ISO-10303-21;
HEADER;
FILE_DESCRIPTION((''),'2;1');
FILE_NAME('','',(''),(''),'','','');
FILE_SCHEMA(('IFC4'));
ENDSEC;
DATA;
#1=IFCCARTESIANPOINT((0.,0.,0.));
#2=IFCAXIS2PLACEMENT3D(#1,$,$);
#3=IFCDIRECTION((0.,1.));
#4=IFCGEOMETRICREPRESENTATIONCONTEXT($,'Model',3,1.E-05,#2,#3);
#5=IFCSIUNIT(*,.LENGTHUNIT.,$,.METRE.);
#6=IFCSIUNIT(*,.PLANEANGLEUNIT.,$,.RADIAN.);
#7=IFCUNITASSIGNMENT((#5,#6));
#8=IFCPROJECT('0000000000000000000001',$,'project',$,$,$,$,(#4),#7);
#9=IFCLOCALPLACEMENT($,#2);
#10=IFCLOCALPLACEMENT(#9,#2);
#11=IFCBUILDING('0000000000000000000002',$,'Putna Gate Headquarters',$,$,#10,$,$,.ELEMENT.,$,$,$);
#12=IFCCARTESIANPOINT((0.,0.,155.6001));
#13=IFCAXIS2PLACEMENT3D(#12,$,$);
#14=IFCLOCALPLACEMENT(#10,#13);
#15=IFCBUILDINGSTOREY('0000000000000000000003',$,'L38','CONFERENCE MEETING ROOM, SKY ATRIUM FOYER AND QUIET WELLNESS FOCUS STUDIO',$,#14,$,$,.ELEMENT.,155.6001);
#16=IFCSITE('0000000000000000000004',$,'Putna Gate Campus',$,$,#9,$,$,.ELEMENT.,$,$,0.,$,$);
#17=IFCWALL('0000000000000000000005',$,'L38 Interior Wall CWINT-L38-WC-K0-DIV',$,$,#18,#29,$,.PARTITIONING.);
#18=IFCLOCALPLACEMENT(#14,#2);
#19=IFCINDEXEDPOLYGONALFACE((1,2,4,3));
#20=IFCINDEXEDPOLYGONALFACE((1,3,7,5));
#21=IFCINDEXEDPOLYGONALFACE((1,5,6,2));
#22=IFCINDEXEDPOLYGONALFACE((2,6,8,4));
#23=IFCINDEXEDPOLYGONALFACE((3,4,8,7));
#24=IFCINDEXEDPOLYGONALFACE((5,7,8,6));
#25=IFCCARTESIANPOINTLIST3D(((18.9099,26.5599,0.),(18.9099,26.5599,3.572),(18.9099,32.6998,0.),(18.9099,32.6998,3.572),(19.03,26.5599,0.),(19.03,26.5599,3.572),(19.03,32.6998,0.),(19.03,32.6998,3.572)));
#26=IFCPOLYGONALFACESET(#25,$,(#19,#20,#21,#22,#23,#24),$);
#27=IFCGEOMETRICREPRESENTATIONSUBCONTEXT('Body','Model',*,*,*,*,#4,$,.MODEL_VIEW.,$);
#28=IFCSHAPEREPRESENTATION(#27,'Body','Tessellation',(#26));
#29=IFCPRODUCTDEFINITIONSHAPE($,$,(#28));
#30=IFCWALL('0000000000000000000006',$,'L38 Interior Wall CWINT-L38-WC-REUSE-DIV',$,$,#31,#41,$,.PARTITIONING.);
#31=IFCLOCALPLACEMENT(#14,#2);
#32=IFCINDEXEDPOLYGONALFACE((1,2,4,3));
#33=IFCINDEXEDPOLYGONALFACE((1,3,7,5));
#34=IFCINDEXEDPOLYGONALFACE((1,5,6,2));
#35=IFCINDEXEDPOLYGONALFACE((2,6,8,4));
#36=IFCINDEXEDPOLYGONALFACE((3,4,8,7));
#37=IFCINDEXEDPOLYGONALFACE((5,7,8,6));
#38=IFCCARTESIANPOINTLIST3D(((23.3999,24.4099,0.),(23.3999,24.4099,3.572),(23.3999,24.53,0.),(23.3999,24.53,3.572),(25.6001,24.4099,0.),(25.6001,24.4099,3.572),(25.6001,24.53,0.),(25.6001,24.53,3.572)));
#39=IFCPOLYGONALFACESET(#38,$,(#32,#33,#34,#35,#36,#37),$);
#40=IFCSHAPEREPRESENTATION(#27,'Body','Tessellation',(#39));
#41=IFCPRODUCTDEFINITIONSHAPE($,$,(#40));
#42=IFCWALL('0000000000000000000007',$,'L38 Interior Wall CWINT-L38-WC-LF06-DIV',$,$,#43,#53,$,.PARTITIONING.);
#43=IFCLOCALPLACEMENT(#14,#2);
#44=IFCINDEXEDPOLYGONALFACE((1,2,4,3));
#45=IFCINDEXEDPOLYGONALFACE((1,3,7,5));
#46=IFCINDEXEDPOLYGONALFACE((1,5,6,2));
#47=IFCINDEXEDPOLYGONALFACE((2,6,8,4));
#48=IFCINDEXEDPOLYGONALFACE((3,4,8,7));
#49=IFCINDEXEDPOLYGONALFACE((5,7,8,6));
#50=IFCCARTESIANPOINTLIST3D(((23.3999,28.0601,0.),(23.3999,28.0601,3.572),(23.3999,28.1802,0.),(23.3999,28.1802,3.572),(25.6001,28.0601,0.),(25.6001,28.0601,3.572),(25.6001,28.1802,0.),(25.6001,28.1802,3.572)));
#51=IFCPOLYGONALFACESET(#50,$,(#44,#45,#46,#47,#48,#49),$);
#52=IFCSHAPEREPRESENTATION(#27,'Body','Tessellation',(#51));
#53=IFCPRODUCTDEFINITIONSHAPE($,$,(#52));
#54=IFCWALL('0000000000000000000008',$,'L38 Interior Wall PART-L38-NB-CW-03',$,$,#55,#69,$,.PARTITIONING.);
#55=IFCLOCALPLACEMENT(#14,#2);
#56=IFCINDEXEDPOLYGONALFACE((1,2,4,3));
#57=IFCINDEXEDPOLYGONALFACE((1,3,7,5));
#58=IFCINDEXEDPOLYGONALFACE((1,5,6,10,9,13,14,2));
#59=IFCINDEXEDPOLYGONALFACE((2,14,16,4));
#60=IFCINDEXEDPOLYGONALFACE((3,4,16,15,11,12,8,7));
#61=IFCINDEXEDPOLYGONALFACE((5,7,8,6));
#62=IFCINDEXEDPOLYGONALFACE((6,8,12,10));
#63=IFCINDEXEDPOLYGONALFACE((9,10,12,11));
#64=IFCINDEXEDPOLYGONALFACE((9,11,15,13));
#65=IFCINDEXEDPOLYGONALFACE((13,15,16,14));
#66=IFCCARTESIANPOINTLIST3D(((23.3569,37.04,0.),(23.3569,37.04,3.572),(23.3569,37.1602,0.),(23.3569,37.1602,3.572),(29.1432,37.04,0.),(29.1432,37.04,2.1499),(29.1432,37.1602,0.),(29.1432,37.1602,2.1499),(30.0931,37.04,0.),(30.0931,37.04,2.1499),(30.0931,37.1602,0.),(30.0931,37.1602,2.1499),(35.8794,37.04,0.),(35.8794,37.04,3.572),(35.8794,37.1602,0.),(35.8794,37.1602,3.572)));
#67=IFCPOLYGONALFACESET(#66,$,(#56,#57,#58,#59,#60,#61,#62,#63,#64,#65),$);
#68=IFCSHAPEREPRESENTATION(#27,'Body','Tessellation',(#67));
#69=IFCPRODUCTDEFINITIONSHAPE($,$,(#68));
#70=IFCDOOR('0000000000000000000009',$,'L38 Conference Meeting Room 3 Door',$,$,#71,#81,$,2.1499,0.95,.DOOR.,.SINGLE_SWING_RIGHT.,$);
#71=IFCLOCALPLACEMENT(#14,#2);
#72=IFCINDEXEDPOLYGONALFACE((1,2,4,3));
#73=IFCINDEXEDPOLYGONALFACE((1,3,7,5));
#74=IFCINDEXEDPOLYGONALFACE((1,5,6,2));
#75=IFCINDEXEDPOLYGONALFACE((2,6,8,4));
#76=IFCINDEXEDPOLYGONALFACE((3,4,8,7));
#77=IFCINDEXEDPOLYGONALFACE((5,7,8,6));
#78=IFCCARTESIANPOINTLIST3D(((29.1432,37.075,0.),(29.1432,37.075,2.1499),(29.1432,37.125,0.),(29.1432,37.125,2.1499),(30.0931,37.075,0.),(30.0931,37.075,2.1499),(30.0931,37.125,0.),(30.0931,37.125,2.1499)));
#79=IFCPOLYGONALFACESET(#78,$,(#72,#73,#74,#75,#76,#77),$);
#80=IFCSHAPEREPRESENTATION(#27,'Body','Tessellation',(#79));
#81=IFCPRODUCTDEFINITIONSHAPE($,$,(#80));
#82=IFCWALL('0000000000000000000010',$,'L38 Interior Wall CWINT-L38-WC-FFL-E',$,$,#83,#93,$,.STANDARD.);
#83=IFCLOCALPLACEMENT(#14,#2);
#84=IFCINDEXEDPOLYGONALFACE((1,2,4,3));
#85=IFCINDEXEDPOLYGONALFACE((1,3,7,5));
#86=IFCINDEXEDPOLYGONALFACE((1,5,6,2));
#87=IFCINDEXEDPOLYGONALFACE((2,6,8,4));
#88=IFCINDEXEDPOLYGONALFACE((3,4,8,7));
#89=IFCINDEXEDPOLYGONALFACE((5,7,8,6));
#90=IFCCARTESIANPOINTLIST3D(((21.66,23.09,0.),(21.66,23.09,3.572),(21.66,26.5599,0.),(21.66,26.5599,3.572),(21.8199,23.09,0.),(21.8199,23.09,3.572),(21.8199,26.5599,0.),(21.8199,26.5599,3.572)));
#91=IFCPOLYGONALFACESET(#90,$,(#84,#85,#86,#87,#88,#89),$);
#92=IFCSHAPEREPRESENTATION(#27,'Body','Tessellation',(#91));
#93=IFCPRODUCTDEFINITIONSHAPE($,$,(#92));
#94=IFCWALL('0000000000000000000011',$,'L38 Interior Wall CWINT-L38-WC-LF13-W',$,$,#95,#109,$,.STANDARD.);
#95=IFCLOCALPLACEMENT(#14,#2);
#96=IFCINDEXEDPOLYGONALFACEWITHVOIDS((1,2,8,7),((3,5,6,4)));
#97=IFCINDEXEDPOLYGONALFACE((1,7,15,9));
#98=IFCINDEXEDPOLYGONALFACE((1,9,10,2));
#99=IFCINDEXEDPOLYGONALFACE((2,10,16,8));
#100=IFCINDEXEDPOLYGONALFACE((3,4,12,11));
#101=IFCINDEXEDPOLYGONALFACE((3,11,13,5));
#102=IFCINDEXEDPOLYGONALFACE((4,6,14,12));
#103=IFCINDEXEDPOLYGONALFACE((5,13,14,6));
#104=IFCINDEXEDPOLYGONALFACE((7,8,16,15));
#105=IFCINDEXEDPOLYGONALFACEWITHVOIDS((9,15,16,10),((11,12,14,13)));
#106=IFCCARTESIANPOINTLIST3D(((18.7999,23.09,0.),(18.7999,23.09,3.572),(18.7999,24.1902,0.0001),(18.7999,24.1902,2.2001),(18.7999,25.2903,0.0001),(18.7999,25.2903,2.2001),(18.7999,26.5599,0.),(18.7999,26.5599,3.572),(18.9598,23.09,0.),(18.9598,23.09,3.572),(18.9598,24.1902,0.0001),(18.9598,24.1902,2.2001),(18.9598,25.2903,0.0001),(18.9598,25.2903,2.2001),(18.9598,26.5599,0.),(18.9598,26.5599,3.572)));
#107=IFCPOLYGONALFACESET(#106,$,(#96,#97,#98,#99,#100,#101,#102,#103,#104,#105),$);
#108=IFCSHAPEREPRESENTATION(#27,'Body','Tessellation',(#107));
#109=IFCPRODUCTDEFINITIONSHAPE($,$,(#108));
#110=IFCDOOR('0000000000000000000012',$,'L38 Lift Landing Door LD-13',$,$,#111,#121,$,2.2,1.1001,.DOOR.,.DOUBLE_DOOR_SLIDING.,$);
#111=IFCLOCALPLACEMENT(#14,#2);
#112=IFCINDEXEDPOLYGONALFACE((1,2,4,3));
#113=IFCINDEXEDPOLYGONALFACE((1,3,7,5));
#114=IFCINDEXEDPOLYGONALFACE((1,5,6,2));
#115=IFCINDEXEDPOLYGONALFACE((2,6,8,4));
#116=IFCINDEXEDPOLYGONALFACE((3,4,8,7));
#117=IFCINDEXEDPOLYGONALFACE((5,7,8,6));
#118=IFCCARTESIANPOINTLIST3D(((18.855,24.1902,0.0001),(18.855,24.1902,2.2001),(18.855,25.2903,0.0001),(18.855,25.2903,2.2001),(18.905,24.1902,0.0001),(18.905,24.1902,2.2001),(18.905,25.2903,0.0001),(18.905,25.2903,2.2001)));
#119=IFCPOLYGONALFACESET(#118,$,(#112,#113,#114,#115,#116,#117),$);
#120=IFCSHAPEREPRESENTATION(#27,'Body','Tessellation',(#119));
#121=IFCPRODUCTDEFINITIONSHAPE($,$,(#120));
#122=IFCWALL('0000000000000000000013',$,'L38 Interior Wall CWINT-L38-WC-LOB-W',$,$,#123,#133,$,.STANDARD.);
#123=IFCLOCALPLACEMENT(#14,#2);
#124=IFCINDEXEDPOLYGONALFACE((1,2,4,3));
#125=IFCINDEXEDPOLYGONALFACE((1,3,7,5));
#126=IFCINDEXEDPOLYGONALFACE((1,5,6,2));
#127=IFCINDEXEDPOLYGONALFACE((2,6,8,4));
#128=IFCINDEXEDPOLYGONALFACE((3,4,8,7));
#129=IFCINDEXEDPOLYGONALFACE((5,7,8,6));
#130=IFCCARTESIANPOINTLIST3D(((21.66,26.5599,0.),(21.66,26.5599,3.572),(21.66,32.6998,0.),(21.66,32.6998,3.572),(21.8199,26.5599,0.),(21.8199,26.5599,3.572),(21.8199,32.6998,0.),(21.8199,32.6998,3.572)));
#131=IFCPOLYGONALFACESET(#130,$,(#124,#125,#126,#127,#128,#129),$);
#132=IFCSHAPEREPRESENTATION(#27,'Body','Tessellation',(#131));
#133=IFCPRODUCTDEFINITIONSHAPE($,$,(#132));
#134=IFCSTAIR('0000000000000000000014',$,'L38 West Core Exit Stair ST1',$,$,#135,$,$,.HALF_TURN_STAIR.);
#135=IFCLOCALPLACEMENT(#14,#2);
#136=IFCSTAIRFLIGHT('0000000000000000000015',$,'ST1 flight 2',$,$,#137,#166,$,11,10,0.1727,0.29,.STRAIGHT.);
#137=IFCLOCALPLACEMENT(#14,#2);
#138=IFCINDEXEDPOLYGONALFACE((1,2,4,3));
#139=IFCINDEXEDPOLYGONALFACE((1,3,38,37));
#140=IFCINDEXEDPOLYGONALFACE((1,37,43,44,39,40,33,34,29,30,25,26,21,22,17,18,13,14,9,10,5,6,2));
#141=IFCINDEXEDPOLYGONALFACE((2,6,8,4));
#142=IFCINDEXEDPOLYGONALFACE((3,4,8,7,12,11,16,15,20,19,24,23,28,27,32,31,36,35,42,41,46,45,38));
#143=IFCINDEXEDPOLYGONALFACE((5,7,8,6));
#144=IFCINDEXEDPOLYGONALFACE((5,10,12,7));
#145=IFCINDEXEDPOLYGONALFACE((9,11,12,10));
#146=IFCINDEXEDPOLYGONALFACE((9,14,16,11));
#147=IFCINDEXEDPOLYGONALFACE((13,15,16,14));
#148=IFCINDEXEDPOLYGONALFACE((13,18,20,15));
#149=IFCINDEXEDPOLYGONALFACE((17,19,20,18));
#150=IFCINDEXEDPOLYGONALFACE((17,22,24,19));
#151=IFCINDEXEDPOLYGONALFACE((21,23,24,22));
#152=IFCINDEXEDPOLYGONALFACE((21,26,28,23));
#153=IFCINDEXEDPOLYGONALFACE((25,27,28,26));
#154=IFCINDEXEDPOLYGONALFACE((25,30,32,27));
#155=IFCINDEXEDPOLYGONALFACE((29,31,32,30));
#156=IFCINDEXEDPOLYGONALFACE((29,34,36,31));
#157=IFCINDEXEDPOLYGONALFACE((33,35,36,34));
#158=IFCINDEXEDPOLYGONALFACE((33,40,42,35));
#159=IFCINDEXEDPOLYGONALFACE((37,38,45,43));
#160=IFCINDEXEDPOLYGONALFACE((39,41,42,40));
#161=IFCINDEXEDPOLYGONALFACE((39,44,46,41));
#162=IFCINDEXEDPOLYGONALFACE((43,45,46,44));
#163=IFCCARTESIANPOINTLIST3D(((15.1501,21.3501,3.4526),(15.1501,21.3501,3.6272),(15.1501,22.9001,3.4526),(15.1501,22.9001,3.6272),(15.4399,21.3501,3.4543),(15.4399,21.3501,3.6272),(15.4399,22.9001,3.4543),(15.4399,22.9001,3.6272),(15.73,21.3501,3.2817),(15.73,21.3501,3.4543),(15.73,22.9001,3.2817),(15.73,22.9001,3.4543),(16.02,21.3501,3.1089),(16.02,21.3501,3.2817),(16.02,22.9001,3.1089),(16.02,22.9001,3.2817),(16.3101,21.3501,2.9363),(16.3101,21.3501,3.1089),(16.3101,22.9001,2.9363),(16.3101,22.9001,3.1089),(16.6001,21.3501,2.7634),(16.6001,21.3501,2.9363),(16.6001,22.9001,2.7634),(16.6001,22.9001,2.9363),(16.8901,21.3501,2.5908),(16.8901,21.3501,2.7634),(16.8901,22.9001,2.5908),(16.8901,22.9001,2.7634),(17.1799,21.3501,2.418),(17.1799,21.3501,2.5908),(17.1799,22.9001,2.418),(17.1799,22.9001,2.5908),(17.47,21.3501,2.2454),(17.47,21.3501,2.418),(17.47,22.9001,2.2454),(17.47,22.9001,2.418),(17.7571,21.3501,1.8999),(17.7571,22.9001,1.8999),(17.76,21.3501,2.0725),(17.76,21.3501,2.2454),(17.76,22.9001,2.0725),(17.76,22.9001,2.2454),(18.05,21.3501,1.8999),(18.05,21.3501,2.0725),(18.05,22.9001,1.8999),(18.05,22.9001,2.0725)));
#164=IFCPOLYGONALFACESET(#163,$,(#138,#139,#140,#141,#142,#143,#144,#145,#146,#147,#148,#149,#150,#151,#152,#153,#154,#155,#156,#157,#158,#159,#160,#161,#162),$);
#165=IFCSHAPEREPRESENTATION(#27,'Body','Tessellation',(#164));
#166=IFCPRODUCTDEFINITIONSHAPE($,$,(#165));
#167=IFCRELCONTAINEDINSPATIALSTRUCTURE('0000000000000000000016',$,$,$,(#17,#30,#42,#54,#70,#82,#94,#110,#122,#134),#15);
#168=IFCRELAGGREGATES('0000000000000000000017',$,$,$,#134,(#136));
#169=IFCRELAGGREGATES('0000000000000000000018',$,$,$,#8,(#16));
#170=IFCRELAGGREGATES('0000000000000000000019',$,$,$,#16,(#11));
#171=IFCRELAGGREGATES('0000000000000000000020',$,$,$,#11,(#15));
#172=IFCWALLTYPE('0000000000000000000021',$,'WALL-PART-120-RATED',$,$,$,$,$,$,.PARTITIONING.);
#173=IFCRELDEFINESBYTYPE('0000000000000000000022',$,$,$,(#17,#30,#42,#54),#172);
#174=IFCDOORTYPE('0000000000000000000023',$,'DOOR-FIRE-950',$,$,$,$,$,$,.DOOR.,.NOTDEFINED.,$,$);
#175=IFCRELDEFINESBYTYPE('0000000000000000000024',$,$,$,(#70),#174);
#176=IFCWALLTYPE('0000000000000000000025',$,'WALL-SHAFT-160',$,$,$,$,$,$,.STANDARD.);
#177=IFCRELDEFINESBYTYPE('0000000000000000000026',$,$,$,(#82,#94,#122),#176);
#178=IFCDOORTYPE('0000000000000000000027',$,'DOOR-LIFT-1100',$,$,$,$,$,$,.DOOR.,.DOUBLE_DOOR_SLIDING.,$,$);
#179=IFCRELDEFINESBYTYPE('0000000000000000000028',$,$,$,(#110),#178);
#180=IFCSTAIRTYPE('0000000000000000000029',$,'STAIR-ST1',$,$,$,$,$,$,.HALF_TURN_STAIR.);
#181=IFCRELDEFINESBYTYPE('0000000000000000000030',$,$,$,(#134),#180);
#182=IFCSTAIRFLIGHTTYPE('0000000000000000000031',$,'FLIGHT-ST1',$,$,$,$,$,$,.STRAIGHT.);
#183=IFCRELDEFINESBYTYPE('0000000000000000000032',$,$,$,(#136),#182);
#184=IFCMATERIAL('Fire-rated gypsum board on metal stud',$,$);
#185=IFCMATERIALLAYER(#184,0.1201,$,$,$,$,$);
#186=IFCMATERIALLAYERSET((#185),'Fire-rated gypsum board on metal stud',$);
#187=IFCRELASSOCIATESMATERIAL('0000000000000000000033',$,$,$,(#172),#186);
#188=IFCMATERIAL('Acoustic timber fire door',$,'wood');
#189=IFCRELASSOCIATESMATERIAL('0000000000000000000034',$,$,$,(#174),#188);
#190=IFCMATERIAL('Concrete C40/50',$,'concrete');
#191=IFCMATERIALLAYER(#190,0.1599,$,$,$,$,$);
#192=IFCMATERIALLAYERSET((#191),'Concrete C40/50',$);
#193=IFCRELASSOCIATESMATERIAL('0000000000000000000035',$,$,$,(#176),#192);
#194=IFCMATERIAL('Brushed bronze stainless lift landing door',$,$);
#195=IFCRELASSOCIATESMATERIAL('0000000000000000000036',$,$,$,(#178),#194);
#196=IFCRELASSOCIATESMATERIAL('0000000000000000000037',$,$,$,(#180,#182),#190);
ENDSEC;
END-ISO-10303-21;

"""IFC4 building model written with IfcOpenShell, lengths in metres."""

from ifc_helpers import new_model, si_unit, direction, frame, frame_2d, origin, place, context, subcontext, project, spatial, polyline, rectangle, outline, extrude, material, layer, layer_set, type_object, element, fill, aggregate, save


model = new_model("IFC4")

# Units and contexts
model_context = context("Model", 3, precision=1e-05, world=origin(), true_north=direction((0.0, 1.0)))
body_context = subcontext(model_context, "Body", "Model", "MODEL_VIEW")
ifc_project = project(units=[si_unit("LENGTHUNIT", "METRE"), si_unit("PLANEANGLEUNIT", "RADIAN")], contexts=[model_context])

# Site, building, storey
site_placement = place(None, origin())
site = spatial("IfcSite", under=ifc_project, at=site_placement, Name="Putna Gate Campus", CompositionType="ELEMENT", RefElevation=0.0)
building_placement = place(site_placement, origin())
building = spatial("IfcBuilding", under=site, at=building_placement, Name="Putna Gate Headquarters", CompositionType="ELEMENT")
storey_placement = place(building_placement, frame((0.0, 0.0, 155.6001)))
storey = spatial("IfcBuildingStorey", under=building, at=storey_placement, Name="L38", Description="CONFERENCE MEETING ROOM, SKY ATRIUM FOYER AND QUIET WELLNESS FOCUS STUDIO", CompositionType="ELEMENT", Elevation=155.6001)

# Walls
ifc_material_1 = material(Name="Fire-rated gypsum board on metal stud")
ifc_layer_1 = layer(ifc_material_1, 0.1201)
ifc_layer_set_1 = layer_set([ifc_layer_1], Name="Fire-rated gypsum board on metal stud")
wall_type_1 = type_object("IfcWallType", Name="WALL-PART-120-RATED", PredefinedType="PARTITIONING", material=ifc_layer_set_1)
wall_1_placement = place(storey_placement, frame((18.97, 26.5601, 0.0), z_axis=(0.0, 0.0, 1.0), x_axis=(0.0, 1.0, 0.0)))
element("IfcWall", 1, at=wall_1_placement, inside=storey, type_object=wall_type_1, Name="L38 Interior Wall CWINT-L38-WC-K0-DIV", PredefinedType="PARTITIONING", context=body_context, shape_type="SweptSolid", body=[
    extrude(rectangle(XDim=6.1399, YDim=0.1201, at=frame_2d((3.0698, 0.0))), origin(), (0.0, 0.0, 1.0), 3.572),
])
for number, where, z_axis, x_axis, name in (
    (2, (23.3999, 24.47, 0.0), (0.0, 0.0, 1.0), (1.0, 0.0, 0.0), "L38 Interior Wall CWINT-L38-WC-REUSE-DIV"),
    (3, (23.3999, 28.1201, 0.0), (0.0, 0.0, 1.0), (1.0, 0.0, 0.0), "L38 Interior Wall CWINT-L38-WC-LF06-DIV"),
):
    element("IfcWall", number, at=place(storey_placement, frame(where, z_axis=z_axis, x_axis=x_axis)), inside=storey, type_object=wall_type_1, Name=name, PredefinedType="PARTITIONING", context=body_context, shape_type="SweptSolid", body=[
        extrude(rectangle(XDim=2.2002, YDim=0.1201, at=frame_2d((1.1001, 0.0))), origin(), (0.0, 0.0, 1.0), 3.572),
    ])

# Wall, opening, door
wall_2_placement = place(storey_placement, frame((23.3569, 37.1001, 0.0), z_axis=(0.0, 0.0, 1.0), x_axis=(1.0, 0.0, 0.0)))
wall_2 = element("IfcWall", 4, at=wall_2_placement, inside=storey, type_object=wall_type_1, Name="L38 Interior Wall PART-L38-NB-CW-03", PredefinedType="PARTITIONING", context=body_context, shape_type="SweptSolid", body=[
    extrude(rectangle(XDim=12.5225, YDim=0.1201, at=frame_2d((6.2612, 0.0))), origin(), (0.0, 0.0, 1.0), 3.572),
])
opening_1_placement = place(wall_2_placement, frame((5.7861, 0.0, 0.0)))
opening_1 = element("IfcOpeningElement", 5, at=opening_1_placement, cuts=wall_2, PredefinedType="OPENING", context=body_context, shape_type="SweptSolid", body=[
    extrude(rectangle(XDim=0.95, YDim=2.1499, at=frame_2d((0.4751, 1.075))), frame((0.0, 0.0701, 0.0), z_axis=(0.0, -1.0, 0.0), x_axis=(1.0, 0.0, 0.0)), (0.0, 0.0, 1.0), 0.1401),
])
ifc_material_2 = material(Name="Acoustic timber fire door", Category="wood")
door_type_1 = type_object("IfcDoorType", Name="DOOR-FIRE-950", OperationType="NOTDEFINED", PredefinedType="DOOR", material=ifc_material_2)
door_1_placement = place(opening_1_placement, origin())
door_1 = element("IfcDoor", 6, at=door_1_placement, inside=storey, type_object=door_type_1, Name="L38 Conference Meeting Room 3 Door", OperationType="SINGLE_SWING_RIGHT", OverallHeight=2.1499, OverallWidth=0.95, PredefinedType="DOOR", context=body_context, shape_type="SweptSolid", body=[
    extrude(rectangle(XDim=0.95, YDim=2.1499, at=frame_2d((0.4751, 1.075))), frame((0.0, 0.0249, 0.0), z_axis=(0.0, -1.0, 0.0), x_axis=(1.0, 0.0, 0.0)), (0.0, 0.0, 1.0), 0.05),
])
fill(opening_1, door_1)

# Wall
ifc_material_3 = material(Name="Concrete C40/50", Category="concrete")
ifc_layer_2 = layer(ifc_material_3, 0.1599)
ifc_layer_set_2 = layer_set([ifc_layer_2], Name="Concrete C40/50")
wall_type_2 = type_object("IfcWallType", Name="WALL-SHAFT-160", PredefinedType="STANDARD", material=ifc_layer_set_2)
wall_3_placement = place(storey_placement, frame((21.74, 23.0901, 0.0), z_axis=(0.0, 0.0, 1.0), x_axis=(0.0, 1.0, 0.0)))
element("IfcWall", 7, at=wall_3_placement, inside=storey, type_object=wall_type_2, Name="L38 Interior Wall CWINT-L38-WC-FFL-E", PredefinedType="STANDARD", context=body_context, shape_type="SweptSolid", body=[
    extrude(rectangle(XDim=3.47, YDim=0.1599, at=frame_2d((1.7349, 0.0))), origin(), (0.0, 0.0, 1.0), 3.572),
])

# Wall, opening, door
wall_4_placement = place(storey_placement, frame((18.8799, 23.0901, 0.0), z_axis=(0.0, 0.0, 1.0), x_axis=(0.0, 1.0, 0.0)))
wall_4 = element("IfcWall", 8, at=wall_4_placement, inside=storey, type_object=wall_type_2, Name="L38 Interior Wall CWINT-L38-WC-LF13-W", PredefinedType="STANDARD", context=body_context, shape_type="SweptSolid", body=[
    extrude(rectangle(XDim=3.47, YDim=0.1599, at=frame_2d((1.7349, 0.0))), origin(), (0.0, 0.0, 1.0), 3.572),
])
opening_2_placement = place(wall_4_placement, frame((1.1001, 0.0, 0.0)))
opening_2 = element("IfcOpeningElement", 9, at=opening_2_placement, cuts=wall_4, PredefinedType="OPENING", context=body_context, shape_type="SweptSolid", body=[
    extrude(rectangle(XDim=1.1001, YDim=2.2, at=frame_2d((0.55, 1.1001))), frame((0.0, 0.0898, 0.0), z_axis=(0.0, -1.0, 0.0), x_axis=(1.0, 0.0, 0.0)), (0.0, 0.0, 1.0), 0.1799),
])
ifc_material_4 = material(Name="Brushed bronze stainless lift landing door")
door_type_2 = type_object("IfcDoorType", Name="DOOR-LIFT-1100", OperationType="DOUBLE_DOOR_SLIDING", PredefinedType="DOOR", material=ifc_material_4)
door_2_placement = place(opening_2_placement, origin())
door_2 = element("IfcDoor", 10, at=door_2_placement, inside=storey, type_object=door_type_2, Name="L38 Lift Landing Door LD-13", OperationType="DOUBLE_DOOR_SLIDING", OverallHeight=2.2, OverallWidth=1.1001, PredefinedType="DOOR", context=body_context, shape_type="SweptSolid", body=[
    extrude(rectangle(XDim=1.1001, YDim=2.2, at=frame_2d((0.55, 1.1001))), frame((0.0, 0.0249, 0.0), z_axis=(0.0, -1.0, 0.0), x_axis=(1.0, 0.0, 0.0)), (0.0, 0.0, 1.0), 0.05),
])
fill(opening_2, door_2)

# Wall
wall_5_placement = place(storey_placement, frame((21.74, 26.5601, 0.0), z_axis=(0.0, 0.0, 1.0), x_axis=(0.0, 1.0, 0.0)))
element("IfcWall", 11, at=wall_5_placement, inside=storey, type_object=wall_type_2, Name="L38 Interior Wall CWINT-L38-WC-LOB-W", PredefinedType="STANDARD", context=body_context, shape_type="SweptSolid", body=[
    extrude(rectangle(XDim=6.1399, YDim=0.1599, at=frame_2d((3.0698, 0.0))), origin(), (0.0, 0.0, 1.0), 3.572),
])

# Stair, stair flight
stair_type = type_object("IfcStairType", Name="STAIR-ST1", PredefinedType="HALF_TURN_STAIR", material=ifc_material_3)
stair_placement = place(storey_placement, origin())
stair = element("IfcStair", 12, at=stair_placement, inside=storey, type_object=stair_type, Name="L38 West Core Exit Stair ST1", PredefinedType="HALF_TURN_STAIR")
stair_flight_type = type_object("IfcStairFlightType", Name="FLIGHT-ST1", PredefinedType="STRAIGHT", material=ifc_material_3)
stair_flight_placement = place(storey_placement, frame((18.05, 22.125, 1.8999), z_axis=(0.0, 0.0, 1.0), x_axis=(-1.0, 0.0, 0.0)))
stair_flight = element("IfcStairFlight", 13, at=stair_flight_placement, type_object=stair_flight_type, Name="ST1 flight 2", NumberOfRisers=11, NumberOfTreads=10, PredefinedType="STRAIGHT", RiserHeight=0.1727, TreadLength=0.29, context=body_context, shape_type="SweptSolid", body=[
    extrude(outline(polyline([(0.0, 0.0), (0.0, 0.1726), (0.29, 0.1726), (0.29, 0.3455), (0.5801, 0.3455), (0.5801, 0.5181), (0.8701, 0.5181), (0.8701, 0.6909), (1.1599, 0.6909), (1.1599, 0.8635), (1.45, 0.8635), (1.45, 1.0364), (1.74, 1.0364), (1.74, 1.209), (2.03, 1.209), (2.03, 1.3818), (2.3201, 1.3818), (2.3201, 1.5544), (2.6101, 1.5544), (2.6101, 1.7273), (2.8999, 1.7273), (2.8999, 1.8999), (2.8999, 1.5527), (0.293, 0.0), (0.0, 0.0)])), frame((0.0, 0.7749, 0.0), z_axis=(0.0, -1.0, 0.0), x_axis=(1.0, 0.0, 0.0)), (0.0, 0.0, 1.0), 1.55),
])
aggregate(stair, [stair_flight])

save(model, "model.ifc")
